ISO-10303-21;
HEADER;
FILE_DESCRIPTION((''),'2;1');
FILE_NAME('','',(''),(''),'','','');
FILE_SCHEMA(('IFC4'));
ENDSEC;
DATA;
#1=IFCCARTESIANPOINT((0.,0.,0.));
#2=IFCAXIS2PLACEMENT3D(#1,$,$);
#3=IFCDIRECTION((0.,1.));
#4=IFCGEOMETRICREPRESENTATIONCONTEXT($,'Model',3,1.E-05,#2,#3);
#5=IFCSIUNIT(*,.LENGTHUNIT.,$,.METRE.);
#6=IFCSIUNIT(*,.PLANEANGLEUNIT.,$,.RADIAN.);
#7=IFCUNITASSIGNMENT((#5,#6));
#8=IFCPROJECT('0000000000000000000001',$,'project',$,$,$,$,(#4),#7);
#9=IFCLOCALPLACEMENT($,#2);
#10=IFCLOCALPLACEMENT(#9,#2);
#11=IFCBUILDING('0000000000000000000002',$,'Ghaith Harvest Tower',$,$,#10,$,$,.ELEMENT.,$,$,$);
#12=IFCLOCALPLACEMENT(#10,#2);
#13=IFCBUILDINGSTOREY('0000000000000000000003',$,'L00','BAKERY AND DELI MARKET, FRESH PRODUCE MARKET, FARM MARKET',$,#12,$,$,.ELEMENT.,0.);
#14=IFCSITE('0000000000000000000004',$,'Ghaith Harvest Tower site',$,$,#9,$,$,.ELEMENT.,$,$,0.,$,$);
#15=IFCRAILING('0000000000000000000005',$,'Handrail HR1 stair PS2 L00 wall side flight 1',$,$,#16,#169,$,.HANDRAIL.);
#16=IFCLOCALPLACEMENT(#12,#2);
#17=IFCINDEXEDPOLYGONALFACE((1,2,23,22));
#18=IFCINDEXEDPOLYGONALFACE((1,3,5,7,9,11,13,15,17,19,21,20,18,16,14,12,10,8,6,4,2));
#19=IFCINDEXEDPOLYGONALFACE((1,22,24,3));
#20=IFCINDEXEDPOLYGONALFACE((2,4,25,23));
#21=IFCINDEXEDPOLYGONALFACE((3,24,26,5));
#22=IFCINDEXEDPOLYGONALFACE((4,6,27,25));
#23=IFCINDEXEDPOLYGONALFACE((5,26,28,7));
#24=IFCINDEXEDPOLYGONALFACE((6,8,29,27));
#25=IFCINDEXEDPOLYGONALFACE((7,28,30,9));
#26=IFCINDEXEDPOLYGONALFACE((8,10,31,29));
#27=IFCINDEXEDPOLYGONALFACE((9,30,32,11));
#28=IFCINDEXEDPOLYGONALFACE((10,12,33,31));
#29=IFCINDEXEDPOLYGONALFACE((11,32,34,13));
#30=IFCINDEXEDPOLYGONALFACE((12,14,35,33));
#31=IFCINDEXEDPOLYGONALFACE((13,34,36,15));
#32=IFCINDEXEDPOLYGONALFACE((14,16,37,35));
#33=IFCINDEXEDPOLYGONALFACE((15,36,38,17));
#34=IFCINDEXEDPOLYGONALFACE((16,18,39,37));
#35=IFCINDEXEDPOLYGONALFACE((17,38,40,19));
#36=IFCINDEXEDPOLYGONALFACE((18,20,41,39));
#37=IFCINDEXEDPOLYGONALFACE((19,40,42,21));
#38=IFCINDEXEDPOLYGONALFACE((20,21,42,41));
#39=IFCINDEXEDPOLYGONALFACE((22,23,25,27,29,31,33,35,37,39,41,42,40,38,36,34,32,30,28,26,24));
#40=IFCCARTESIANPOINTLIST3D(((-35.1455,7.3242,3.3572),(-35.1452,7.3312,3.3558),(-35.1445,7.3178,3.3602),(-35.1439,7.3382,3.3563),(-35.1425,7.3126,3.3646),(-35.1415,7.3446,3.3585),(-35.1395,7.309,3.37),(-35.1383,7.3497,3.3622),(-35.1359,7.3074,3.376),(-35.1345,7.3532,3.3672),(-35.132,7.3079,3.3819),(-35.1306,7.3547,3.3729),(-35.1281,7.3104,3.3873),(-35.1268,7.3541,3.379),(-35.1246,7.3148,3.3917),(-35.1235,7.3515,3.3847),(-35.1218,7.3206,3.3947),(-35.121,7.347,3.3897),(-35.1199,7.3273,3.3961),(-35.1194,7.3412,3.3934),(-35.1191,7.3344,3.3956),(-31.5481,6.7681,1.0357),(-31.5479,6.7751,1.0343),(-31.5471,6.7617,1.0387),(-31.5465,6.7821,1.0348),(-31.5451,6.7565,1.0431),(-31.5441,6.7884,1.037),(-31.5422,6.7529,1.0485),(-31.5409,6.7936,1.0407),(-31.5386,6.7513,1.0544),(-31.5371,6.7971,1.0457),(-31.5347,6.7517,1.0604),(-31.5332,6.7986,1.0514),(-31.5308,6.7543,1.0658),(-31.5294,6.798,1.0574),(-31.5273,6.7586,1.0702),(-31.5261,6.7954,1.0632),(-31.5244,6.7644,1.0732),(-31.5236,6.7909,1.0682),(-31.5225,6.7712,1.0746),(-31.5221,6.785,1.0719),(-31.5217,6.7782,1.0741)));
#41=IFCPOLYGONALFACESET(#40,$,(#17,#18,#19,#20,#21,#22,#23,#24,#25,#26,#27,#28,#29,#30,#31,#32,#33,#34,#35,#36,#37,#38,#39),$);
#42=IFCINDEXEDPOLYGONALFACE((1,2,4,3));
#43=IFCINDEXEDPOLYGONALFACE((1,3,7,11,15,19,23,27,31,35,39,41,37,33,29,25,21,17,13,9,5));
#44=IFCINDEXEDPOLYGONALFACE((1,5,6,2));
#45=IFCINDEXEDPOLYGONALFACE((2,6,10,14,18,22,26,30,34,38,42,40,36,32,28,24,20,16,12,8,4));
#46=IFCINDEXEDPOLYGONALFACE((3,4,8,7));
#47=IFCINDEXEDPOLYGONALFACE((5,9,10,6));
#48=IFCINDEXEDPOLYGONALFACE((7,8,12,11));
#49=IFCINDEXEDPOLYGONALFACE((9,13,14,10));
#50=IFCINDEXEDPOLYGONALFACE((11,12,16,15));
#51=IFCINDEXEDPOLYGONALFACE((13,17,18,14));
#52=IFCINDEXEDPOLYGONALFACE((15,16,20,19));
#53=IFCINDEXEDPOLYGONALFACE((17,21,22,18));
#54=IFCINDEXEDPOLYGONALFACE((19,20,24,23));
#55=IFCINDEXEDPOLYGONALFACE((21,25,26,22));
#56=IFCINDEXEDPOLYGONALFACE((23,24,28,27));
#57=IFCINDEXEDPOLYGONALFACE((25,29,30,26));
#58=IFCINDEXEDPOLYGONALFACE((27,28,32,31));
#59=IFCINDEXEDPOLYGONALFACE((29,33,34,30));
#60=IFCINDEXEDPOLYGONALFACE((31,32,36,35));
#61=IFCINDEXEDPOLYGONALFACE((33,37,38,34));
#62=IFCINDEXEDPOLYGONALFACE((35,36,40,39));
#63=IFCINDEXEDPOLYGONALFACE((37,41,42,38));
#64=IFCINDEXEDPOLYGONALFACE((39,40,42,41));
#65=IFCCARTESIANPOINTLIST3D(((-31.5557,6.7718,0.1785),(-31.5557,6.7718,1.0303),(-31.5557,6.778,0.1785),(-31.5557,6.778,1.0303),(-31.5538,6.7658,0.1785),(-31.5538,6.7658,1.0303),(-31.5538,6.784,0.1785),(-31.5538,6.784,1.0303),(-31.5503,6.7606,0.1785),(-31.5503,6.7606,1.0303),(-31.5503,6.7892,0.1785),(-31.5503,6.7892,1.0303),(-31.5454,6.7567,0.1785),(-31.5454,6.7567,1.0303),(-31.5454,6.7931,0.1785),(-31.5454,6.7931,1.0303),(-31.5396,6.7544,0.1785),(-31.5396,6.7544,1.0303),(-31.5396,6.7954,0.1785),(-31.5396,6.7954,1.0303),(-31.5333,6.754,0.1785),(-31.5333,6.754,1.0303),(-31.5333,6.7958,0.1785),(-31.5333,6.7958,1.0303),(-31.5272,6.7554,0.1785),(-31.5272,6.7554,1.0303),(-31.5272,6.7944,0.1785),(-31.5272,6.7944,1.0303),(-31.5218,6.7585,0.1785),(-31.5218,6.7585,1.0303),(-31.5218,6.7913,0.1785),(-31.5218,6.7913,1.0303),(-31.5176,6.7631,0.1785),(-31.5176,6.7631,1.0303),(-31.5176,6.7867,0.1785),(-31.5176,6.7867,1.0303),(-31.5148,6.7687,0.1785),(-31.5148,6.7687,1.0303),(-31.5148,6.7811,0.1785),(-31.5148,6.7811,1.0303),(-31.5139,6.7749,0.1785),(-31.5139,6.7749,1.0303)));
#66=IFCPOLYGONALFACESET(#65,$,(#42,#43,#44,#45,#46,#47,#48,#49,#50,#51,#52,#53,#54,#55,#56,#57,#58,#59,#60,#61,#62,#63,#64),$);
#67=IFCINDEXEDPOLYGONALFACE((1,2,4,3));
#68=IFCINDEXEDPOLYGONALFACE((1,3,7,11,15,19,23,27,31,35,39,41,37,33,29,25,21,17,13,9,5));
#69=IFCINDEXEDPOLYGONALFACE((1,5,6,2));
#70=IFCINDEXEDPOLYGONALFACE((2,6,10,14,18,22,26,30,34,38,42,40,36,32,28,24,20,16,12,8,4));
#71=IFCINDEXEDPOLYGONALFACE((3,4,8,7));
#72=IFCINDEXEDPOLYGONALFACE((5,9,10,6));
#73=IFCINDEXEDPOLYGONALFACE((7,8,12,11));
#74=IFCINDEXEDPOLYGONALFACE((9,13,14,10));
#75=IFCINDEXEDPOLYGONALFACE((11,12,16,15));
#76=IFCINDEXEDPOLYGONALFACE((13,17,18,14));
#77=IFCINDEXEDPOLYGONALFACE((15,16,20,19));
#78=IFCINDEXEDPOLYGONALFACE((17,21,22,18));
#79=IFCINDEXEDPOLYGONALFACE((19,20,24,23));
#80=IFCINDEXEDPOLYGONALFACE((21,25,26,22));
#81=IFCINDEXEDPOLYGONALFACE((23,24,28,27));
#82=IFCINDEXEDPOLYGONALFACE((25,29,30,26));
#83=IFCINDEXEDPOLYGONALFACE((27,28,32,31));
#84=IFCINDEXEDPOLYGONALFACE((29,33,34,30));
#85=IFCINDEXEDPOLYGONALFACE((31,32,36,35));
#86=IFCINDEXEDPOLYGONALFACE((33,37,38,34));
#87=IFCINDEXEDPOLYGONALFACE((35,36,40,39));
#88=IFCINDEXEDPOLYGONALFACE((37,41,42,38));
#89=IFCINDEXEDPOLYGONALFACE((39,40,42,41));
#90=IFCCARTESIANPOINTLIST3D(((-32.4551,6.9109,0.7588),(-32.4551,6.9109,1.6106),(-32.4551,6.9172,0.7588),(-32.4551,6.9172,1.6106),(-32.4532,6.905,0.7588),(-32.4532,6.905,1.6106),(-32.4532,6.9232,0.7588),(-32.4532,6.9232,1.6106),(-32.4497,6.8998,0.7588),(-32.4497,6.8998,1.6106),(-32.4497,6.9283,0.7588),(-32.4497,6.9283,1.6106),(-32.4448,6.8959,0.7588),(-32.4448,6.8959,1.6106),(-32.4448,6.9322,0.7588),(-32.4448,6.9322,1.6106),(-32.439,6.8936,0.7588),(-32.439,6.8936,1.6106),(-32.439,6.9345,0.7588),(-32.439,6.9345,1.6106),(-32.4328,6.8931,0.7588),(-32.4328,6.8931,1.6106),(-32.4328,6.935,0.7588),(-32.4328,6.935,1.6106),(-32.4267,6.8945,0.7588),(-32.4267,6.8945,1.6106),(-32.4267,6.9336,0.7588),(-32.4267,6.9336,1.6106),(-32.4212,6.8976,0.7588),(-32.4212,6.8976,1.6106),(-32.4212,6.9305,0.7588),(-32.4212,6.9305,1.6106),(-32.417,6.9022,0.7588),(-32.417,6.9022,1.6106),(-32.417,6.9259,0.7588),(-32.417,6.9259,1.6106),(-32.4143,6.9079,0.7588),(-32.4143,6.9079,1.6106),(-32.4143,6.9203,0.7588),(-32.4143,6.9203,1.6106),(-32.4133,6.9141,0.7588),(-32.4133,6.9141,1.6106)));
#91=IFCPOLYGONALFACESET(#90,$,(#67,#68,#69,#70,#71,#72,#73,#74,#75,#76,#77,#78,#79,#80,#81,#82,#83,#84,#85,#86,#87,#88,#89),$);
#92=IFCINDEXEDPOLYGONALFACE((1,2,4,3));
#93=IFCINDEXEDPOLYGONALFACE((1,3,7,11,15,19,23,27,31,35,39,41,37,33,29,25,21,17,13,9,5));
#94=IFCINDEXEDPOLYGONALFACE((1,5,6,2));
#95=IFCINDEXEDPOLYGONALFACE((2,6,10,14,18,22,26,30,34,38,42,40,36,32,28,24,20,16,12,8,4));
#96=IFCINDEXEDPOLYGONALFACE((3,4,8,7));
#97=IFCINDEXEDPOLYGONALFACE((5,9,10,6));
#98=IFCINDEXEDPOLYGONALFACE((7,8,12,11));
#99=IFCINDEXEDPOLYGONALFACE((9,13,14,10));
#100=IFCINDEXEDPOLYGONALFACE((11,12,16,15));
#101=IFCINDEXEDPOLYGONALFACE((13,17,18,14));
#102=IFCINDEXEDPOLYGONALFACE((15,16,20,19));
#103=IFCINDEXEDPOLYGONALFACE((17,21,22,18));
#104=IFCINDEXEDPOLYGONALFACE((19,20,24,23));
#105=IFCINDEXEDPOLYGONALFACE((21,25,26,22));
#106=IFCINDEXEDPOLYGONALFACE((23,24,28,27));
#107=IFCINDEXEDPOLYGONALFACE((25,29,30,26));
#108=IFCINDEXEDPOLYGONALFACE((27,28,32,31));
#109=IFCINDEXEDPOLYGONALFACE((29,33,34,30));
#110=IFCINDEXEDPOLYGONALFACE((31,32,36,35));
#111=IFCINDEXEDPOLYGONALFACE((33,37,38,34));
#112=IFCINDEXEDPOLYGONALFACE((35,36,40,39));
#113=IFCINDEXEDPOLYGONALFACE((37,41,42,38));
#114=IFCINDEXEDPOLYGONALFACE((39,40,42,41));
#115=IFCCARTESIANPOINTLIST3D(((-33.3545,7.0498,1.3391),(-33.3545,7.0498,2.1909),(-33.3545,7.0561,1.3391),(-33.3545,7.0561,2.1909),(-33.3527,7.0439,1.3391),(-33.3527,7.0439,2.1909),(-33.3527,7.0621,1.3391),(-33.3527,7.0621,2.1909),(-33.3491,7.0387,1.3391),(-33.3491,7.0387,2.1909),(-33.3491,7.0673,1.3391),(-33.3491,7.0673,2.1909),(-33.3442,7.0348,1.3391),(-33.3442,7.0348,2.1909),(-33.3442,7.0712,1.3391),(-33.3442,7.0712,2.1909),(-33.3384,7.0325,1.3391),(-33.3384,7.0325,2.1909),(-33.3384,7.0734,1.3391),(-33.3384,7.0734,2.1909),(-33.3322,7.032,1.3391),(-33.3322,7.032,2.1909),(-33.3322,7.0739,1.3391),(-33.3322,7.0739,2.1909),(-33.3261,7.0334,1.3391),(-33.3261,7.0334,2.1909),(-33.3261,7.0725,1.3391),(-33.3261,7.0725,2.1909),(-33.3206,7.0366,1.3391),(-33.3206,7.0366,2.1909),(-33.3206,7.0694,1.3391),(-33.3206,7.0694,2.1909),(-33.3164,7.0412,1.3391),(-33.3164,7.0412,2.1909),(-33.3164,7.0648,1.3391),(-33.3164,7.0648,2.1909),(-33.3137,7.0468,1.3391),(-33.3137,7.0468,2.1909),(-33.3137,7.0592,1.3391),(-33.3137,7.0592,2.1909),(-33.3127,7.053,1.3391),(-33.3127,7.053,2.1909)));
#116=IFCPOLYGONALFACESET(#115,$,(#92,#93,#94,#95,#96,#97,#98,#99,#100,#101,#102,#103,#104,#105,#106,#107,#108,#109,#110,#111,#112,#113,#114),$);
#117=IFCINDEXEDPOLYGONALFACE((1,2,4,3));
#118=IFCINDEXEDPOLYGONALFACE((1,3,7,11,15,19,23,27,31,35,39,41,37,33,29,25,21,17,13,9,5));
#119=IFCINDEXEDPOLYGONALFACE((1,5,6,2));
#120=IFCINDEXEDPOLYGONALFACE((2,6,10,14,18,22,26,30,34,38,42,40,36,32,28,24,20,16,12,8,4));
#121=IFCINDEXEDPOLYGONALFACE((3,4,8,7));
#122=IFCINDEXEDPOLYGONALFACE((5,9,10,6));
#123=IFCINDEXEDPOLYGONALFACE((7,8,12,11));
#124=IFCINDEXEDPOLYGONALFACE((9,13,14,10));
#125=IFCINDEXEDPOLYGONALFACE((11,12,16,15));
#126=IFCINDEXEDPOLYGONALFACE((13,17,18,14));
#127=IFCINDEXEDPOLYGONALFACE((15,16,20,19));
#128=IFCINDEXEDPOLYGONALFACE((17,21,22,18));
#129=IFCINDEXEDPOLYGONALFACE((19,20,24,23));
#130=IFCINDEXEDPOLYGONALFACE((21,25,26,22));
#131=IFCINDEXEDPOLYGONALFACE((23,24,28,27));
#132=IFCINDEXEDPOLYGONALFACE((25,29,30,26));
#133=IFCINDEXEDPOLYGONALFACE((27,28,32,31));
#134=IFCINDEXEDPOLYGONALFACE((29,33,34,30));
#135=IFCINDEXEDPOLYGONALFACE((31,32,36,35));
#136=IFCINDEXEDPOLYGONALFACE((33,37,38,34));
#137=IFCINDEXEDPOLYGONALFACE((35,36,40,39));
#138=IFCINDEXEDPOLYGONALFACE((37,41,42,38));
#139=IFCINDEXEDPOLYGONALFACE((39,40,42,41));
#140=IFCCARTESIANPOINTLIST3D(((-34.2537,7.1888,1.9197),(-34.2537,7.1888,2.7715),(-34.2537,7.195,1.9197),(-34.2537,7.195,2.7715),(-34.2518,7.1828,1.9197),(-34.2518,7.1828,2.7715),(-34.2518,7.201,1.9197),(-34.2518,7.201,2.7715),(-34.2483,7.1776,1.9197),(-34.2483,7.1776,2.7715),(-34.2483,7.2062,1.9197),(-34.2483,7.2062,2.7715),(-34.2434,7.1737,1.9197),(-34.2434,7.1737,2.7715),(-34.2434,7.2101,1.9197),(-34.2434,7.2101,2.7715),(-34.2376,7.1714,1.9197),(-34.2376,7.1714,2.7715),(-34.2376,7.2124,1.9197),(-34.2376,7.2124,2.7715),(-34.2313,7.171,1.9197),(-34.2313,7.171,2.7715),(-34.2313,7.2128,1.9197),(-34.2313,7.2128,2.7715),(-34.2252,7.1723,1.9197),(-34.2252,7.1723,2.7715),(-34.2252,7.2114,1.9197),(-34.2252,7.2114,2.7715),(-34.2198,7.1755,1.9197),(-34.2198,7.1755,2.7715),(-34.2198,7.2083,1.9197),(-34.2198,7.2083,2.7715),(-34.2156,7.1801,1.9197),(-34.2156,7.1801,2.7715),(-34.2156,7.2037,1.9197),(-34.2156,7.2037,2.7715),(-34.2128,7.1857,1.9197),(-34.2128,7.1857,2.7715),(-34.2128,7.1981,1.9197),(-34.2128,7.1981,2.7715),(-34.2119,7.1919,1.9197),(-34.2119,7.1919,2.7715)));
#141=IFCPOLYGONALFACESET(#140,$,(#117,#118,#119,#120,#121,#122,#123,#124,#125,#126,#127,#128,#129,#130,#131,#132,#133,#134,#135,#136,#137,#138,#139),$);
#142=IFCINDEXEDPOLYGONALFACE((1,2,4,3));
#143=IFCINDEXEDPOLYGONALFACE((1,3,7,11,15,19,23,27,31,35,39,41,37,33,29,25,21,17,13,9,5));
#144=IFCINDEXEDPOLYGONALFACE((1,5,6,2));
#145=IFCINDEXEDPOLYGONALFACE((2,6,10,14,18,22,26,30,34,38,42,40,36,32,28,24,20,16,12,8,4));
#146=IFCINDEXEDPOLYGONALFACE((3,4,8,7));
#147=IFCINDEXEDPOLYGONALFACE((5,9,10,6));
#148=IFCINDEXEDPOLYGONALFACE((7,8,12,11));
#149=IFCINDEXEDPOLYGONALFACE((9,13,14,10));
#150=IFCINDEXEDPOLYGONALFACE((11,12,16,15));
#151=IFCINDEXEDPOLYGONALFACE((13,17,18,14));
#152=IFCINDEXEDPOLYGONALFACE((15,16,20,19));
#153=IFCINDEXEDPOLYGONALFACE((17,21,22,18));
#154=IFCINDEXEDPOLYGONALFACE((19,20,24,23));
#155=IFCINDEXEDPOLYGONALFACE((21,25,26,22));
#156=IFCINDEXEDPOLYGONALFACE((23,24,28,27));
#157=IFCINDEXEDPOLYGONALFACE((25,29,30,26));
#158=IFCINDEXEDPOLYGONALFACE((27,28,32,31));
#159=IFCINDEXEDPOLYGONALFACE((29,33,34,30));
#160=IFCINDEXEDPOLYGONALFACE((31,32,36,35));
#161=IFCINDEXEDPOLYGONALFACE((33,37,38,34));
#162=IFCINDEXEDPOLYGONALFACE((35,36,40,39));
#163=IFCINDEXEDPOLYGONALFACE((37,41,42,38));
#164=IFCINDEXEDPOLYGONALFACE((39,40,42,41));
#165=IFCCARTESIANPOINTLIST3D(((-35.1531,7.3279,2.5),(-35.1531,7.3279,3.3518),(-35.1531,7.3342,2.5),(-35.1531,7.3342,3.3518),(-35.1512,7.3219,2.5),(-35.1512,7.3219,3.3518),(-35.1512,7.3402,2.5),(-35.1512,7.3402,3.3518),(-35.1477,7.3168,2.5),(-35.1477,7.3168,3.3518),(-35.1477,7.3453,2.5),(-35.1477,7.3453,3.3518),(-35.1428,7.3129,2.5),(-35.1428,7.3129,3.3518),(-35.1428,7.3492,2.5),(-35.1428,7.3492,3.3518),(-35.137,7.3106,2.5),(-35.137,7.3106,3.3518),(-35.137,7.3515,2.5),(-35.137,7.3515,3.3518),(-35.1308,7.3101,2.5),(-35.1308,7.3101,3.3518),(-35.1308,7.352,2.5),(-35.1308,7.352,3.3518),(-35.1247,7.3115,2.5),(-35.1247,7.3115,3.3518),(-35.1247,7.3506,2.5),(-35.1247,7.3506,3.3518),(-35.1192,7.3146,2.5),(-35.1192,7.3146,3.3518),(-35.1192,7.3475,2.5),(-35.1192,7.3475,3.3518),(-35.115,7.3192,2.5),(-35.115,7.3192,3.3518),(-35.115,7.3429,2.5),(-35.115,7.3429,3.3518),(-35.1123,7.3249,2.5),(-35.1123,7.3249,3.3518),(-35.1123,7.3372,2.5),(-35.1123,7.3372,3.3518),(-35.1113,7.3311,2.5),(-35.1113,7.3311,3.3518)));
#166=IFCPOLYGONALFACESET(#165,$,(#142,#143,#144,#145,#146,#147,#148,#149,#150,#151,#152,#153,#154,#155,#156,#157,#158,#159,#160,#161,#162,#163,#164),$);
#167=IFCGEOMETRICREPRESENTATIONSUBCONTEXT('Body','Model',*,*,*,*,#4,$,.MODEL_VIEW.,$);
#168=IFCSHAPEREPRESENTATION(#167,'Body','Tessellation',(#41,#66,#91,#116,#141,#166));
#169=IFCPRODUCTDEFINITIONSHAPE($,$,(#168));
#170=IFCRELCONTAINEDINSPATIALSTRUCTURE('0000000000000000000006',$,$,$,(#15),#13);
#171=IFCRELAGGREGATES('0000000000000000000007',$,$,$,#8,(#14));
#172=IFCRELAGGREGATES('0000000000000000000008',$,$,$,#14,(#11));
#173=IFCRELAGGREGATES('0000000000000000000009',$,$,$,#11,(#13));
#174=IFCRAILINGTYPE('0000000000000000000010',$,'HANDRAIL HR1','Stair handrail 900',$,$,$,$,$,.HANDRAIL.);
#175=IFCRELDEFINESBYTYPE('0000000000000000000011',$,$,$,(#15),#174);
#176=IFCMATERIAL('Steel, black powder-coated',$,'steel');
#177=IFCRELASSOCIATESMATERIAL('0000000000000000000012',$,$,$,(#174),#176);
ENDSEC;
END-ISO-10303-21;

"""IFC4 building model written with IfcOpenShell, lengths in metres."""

from ifc_helpers import new_model, si_unit, direction, frame, origin, origin_2d, place, context, subcontext, project, spatial, circle, extrude, material, type_object, element, save


model = new_model("IFC4")

# Units and contexts
model_context = context("Model", 3, precision=1e-05, world=origin(), true_north=direction((0.0, 1.0)))
body_context = subcontext(model_context, "Body", "Model", "MODEL_VIEW")
ifc_project = project(units=[si_unit("LENGTHUNIT", "METRE"), si_unit("PLANEANGLEUNIT", "RADIAN")], contexts=[model_context])

# Site, building, storey
site_placement = place(None, origin())
site = spatial("IfcSite", under=ifc_project, at=site_placement, Name="Ghaith Harvest Tower site", CompositionType="ELEMENT", RefElevation=0.0)
building_placement = place(site_placement, origin())
building = spatial("IfcBuilding", under=site, at=building_placement, Name="Ghaith Harvest Tower", CompositionType="ELEMENT")
storey_placement = place(building_placement, origin())
storey = spatial("IfcBuildingStorey", under=building, at=storey_placement, Name="L00", Description="BAKERY AND DELI MARKET, FRESH PRODUCE MARKET, FARM MARKET", CompositionType="ELEMENT", Elevation=0.0)

# Railing
ifc_material_1 = material(Name="Steel, black powder-coated", Category="steel")
railing_type = type_object("IfcRailingType", Name="HANDRAIL HR1", Description="Stair handrail 900", PredefinedType="HANDRAIL", material=ifc_material_1)
railing_1_placement = place(storey_placement, frame((-31.5349, 6.7749, 0.1785)))
element("IfcRailing", 1, at=railing_1_placement, inside=storey, type_object=railing_type, Name="Handrail HR1 stair PS2 L00 wall side flight 1", PredefinedType="HANDRAIL", context=body_context, shape_type="SweptSolid", body=[
    extrude(circle(Radius=0.0239, at=origin_2d()), frame((0.0, 0.0, 0.876), z_axis=(-0.83323, 0.128816, 0.537712), x_axis=(-0.152783, -0.98826, 0.0)), (0.0, 0.0, 1.0), 4.3174),
    extrude(circle(Radius=0.021, at=origin_2d()), origin(), (0.0, 0.0, 1.0), 0.8518),
    extrude(circle(Radius=0.021, at=origin_2d()), frame((-0.8994, 0.1392, 0.5803)), (0.0, 0.0, 1.0), 0.8518),
    extrude(circle(Radius=0.021, at=origin_2d()), frame((-1.7988, 0.2781, 1.1606)), (0.0, 0.0, 1.0), 0.8518),
    extrude(circle(Radius=0.021, at=origin_2d()), frame((-2.698, 0.417, 1.7412)), (0.0, 0.0, 1.0), 0.8518),
    extrude(circle(Radius=0.021, at=origin_2d()), frame((-3.5974, 0.5562, 2.3215)), (0.0, 0.0, 1.0), 0.8518),
])

save(model, "model.ifc")
